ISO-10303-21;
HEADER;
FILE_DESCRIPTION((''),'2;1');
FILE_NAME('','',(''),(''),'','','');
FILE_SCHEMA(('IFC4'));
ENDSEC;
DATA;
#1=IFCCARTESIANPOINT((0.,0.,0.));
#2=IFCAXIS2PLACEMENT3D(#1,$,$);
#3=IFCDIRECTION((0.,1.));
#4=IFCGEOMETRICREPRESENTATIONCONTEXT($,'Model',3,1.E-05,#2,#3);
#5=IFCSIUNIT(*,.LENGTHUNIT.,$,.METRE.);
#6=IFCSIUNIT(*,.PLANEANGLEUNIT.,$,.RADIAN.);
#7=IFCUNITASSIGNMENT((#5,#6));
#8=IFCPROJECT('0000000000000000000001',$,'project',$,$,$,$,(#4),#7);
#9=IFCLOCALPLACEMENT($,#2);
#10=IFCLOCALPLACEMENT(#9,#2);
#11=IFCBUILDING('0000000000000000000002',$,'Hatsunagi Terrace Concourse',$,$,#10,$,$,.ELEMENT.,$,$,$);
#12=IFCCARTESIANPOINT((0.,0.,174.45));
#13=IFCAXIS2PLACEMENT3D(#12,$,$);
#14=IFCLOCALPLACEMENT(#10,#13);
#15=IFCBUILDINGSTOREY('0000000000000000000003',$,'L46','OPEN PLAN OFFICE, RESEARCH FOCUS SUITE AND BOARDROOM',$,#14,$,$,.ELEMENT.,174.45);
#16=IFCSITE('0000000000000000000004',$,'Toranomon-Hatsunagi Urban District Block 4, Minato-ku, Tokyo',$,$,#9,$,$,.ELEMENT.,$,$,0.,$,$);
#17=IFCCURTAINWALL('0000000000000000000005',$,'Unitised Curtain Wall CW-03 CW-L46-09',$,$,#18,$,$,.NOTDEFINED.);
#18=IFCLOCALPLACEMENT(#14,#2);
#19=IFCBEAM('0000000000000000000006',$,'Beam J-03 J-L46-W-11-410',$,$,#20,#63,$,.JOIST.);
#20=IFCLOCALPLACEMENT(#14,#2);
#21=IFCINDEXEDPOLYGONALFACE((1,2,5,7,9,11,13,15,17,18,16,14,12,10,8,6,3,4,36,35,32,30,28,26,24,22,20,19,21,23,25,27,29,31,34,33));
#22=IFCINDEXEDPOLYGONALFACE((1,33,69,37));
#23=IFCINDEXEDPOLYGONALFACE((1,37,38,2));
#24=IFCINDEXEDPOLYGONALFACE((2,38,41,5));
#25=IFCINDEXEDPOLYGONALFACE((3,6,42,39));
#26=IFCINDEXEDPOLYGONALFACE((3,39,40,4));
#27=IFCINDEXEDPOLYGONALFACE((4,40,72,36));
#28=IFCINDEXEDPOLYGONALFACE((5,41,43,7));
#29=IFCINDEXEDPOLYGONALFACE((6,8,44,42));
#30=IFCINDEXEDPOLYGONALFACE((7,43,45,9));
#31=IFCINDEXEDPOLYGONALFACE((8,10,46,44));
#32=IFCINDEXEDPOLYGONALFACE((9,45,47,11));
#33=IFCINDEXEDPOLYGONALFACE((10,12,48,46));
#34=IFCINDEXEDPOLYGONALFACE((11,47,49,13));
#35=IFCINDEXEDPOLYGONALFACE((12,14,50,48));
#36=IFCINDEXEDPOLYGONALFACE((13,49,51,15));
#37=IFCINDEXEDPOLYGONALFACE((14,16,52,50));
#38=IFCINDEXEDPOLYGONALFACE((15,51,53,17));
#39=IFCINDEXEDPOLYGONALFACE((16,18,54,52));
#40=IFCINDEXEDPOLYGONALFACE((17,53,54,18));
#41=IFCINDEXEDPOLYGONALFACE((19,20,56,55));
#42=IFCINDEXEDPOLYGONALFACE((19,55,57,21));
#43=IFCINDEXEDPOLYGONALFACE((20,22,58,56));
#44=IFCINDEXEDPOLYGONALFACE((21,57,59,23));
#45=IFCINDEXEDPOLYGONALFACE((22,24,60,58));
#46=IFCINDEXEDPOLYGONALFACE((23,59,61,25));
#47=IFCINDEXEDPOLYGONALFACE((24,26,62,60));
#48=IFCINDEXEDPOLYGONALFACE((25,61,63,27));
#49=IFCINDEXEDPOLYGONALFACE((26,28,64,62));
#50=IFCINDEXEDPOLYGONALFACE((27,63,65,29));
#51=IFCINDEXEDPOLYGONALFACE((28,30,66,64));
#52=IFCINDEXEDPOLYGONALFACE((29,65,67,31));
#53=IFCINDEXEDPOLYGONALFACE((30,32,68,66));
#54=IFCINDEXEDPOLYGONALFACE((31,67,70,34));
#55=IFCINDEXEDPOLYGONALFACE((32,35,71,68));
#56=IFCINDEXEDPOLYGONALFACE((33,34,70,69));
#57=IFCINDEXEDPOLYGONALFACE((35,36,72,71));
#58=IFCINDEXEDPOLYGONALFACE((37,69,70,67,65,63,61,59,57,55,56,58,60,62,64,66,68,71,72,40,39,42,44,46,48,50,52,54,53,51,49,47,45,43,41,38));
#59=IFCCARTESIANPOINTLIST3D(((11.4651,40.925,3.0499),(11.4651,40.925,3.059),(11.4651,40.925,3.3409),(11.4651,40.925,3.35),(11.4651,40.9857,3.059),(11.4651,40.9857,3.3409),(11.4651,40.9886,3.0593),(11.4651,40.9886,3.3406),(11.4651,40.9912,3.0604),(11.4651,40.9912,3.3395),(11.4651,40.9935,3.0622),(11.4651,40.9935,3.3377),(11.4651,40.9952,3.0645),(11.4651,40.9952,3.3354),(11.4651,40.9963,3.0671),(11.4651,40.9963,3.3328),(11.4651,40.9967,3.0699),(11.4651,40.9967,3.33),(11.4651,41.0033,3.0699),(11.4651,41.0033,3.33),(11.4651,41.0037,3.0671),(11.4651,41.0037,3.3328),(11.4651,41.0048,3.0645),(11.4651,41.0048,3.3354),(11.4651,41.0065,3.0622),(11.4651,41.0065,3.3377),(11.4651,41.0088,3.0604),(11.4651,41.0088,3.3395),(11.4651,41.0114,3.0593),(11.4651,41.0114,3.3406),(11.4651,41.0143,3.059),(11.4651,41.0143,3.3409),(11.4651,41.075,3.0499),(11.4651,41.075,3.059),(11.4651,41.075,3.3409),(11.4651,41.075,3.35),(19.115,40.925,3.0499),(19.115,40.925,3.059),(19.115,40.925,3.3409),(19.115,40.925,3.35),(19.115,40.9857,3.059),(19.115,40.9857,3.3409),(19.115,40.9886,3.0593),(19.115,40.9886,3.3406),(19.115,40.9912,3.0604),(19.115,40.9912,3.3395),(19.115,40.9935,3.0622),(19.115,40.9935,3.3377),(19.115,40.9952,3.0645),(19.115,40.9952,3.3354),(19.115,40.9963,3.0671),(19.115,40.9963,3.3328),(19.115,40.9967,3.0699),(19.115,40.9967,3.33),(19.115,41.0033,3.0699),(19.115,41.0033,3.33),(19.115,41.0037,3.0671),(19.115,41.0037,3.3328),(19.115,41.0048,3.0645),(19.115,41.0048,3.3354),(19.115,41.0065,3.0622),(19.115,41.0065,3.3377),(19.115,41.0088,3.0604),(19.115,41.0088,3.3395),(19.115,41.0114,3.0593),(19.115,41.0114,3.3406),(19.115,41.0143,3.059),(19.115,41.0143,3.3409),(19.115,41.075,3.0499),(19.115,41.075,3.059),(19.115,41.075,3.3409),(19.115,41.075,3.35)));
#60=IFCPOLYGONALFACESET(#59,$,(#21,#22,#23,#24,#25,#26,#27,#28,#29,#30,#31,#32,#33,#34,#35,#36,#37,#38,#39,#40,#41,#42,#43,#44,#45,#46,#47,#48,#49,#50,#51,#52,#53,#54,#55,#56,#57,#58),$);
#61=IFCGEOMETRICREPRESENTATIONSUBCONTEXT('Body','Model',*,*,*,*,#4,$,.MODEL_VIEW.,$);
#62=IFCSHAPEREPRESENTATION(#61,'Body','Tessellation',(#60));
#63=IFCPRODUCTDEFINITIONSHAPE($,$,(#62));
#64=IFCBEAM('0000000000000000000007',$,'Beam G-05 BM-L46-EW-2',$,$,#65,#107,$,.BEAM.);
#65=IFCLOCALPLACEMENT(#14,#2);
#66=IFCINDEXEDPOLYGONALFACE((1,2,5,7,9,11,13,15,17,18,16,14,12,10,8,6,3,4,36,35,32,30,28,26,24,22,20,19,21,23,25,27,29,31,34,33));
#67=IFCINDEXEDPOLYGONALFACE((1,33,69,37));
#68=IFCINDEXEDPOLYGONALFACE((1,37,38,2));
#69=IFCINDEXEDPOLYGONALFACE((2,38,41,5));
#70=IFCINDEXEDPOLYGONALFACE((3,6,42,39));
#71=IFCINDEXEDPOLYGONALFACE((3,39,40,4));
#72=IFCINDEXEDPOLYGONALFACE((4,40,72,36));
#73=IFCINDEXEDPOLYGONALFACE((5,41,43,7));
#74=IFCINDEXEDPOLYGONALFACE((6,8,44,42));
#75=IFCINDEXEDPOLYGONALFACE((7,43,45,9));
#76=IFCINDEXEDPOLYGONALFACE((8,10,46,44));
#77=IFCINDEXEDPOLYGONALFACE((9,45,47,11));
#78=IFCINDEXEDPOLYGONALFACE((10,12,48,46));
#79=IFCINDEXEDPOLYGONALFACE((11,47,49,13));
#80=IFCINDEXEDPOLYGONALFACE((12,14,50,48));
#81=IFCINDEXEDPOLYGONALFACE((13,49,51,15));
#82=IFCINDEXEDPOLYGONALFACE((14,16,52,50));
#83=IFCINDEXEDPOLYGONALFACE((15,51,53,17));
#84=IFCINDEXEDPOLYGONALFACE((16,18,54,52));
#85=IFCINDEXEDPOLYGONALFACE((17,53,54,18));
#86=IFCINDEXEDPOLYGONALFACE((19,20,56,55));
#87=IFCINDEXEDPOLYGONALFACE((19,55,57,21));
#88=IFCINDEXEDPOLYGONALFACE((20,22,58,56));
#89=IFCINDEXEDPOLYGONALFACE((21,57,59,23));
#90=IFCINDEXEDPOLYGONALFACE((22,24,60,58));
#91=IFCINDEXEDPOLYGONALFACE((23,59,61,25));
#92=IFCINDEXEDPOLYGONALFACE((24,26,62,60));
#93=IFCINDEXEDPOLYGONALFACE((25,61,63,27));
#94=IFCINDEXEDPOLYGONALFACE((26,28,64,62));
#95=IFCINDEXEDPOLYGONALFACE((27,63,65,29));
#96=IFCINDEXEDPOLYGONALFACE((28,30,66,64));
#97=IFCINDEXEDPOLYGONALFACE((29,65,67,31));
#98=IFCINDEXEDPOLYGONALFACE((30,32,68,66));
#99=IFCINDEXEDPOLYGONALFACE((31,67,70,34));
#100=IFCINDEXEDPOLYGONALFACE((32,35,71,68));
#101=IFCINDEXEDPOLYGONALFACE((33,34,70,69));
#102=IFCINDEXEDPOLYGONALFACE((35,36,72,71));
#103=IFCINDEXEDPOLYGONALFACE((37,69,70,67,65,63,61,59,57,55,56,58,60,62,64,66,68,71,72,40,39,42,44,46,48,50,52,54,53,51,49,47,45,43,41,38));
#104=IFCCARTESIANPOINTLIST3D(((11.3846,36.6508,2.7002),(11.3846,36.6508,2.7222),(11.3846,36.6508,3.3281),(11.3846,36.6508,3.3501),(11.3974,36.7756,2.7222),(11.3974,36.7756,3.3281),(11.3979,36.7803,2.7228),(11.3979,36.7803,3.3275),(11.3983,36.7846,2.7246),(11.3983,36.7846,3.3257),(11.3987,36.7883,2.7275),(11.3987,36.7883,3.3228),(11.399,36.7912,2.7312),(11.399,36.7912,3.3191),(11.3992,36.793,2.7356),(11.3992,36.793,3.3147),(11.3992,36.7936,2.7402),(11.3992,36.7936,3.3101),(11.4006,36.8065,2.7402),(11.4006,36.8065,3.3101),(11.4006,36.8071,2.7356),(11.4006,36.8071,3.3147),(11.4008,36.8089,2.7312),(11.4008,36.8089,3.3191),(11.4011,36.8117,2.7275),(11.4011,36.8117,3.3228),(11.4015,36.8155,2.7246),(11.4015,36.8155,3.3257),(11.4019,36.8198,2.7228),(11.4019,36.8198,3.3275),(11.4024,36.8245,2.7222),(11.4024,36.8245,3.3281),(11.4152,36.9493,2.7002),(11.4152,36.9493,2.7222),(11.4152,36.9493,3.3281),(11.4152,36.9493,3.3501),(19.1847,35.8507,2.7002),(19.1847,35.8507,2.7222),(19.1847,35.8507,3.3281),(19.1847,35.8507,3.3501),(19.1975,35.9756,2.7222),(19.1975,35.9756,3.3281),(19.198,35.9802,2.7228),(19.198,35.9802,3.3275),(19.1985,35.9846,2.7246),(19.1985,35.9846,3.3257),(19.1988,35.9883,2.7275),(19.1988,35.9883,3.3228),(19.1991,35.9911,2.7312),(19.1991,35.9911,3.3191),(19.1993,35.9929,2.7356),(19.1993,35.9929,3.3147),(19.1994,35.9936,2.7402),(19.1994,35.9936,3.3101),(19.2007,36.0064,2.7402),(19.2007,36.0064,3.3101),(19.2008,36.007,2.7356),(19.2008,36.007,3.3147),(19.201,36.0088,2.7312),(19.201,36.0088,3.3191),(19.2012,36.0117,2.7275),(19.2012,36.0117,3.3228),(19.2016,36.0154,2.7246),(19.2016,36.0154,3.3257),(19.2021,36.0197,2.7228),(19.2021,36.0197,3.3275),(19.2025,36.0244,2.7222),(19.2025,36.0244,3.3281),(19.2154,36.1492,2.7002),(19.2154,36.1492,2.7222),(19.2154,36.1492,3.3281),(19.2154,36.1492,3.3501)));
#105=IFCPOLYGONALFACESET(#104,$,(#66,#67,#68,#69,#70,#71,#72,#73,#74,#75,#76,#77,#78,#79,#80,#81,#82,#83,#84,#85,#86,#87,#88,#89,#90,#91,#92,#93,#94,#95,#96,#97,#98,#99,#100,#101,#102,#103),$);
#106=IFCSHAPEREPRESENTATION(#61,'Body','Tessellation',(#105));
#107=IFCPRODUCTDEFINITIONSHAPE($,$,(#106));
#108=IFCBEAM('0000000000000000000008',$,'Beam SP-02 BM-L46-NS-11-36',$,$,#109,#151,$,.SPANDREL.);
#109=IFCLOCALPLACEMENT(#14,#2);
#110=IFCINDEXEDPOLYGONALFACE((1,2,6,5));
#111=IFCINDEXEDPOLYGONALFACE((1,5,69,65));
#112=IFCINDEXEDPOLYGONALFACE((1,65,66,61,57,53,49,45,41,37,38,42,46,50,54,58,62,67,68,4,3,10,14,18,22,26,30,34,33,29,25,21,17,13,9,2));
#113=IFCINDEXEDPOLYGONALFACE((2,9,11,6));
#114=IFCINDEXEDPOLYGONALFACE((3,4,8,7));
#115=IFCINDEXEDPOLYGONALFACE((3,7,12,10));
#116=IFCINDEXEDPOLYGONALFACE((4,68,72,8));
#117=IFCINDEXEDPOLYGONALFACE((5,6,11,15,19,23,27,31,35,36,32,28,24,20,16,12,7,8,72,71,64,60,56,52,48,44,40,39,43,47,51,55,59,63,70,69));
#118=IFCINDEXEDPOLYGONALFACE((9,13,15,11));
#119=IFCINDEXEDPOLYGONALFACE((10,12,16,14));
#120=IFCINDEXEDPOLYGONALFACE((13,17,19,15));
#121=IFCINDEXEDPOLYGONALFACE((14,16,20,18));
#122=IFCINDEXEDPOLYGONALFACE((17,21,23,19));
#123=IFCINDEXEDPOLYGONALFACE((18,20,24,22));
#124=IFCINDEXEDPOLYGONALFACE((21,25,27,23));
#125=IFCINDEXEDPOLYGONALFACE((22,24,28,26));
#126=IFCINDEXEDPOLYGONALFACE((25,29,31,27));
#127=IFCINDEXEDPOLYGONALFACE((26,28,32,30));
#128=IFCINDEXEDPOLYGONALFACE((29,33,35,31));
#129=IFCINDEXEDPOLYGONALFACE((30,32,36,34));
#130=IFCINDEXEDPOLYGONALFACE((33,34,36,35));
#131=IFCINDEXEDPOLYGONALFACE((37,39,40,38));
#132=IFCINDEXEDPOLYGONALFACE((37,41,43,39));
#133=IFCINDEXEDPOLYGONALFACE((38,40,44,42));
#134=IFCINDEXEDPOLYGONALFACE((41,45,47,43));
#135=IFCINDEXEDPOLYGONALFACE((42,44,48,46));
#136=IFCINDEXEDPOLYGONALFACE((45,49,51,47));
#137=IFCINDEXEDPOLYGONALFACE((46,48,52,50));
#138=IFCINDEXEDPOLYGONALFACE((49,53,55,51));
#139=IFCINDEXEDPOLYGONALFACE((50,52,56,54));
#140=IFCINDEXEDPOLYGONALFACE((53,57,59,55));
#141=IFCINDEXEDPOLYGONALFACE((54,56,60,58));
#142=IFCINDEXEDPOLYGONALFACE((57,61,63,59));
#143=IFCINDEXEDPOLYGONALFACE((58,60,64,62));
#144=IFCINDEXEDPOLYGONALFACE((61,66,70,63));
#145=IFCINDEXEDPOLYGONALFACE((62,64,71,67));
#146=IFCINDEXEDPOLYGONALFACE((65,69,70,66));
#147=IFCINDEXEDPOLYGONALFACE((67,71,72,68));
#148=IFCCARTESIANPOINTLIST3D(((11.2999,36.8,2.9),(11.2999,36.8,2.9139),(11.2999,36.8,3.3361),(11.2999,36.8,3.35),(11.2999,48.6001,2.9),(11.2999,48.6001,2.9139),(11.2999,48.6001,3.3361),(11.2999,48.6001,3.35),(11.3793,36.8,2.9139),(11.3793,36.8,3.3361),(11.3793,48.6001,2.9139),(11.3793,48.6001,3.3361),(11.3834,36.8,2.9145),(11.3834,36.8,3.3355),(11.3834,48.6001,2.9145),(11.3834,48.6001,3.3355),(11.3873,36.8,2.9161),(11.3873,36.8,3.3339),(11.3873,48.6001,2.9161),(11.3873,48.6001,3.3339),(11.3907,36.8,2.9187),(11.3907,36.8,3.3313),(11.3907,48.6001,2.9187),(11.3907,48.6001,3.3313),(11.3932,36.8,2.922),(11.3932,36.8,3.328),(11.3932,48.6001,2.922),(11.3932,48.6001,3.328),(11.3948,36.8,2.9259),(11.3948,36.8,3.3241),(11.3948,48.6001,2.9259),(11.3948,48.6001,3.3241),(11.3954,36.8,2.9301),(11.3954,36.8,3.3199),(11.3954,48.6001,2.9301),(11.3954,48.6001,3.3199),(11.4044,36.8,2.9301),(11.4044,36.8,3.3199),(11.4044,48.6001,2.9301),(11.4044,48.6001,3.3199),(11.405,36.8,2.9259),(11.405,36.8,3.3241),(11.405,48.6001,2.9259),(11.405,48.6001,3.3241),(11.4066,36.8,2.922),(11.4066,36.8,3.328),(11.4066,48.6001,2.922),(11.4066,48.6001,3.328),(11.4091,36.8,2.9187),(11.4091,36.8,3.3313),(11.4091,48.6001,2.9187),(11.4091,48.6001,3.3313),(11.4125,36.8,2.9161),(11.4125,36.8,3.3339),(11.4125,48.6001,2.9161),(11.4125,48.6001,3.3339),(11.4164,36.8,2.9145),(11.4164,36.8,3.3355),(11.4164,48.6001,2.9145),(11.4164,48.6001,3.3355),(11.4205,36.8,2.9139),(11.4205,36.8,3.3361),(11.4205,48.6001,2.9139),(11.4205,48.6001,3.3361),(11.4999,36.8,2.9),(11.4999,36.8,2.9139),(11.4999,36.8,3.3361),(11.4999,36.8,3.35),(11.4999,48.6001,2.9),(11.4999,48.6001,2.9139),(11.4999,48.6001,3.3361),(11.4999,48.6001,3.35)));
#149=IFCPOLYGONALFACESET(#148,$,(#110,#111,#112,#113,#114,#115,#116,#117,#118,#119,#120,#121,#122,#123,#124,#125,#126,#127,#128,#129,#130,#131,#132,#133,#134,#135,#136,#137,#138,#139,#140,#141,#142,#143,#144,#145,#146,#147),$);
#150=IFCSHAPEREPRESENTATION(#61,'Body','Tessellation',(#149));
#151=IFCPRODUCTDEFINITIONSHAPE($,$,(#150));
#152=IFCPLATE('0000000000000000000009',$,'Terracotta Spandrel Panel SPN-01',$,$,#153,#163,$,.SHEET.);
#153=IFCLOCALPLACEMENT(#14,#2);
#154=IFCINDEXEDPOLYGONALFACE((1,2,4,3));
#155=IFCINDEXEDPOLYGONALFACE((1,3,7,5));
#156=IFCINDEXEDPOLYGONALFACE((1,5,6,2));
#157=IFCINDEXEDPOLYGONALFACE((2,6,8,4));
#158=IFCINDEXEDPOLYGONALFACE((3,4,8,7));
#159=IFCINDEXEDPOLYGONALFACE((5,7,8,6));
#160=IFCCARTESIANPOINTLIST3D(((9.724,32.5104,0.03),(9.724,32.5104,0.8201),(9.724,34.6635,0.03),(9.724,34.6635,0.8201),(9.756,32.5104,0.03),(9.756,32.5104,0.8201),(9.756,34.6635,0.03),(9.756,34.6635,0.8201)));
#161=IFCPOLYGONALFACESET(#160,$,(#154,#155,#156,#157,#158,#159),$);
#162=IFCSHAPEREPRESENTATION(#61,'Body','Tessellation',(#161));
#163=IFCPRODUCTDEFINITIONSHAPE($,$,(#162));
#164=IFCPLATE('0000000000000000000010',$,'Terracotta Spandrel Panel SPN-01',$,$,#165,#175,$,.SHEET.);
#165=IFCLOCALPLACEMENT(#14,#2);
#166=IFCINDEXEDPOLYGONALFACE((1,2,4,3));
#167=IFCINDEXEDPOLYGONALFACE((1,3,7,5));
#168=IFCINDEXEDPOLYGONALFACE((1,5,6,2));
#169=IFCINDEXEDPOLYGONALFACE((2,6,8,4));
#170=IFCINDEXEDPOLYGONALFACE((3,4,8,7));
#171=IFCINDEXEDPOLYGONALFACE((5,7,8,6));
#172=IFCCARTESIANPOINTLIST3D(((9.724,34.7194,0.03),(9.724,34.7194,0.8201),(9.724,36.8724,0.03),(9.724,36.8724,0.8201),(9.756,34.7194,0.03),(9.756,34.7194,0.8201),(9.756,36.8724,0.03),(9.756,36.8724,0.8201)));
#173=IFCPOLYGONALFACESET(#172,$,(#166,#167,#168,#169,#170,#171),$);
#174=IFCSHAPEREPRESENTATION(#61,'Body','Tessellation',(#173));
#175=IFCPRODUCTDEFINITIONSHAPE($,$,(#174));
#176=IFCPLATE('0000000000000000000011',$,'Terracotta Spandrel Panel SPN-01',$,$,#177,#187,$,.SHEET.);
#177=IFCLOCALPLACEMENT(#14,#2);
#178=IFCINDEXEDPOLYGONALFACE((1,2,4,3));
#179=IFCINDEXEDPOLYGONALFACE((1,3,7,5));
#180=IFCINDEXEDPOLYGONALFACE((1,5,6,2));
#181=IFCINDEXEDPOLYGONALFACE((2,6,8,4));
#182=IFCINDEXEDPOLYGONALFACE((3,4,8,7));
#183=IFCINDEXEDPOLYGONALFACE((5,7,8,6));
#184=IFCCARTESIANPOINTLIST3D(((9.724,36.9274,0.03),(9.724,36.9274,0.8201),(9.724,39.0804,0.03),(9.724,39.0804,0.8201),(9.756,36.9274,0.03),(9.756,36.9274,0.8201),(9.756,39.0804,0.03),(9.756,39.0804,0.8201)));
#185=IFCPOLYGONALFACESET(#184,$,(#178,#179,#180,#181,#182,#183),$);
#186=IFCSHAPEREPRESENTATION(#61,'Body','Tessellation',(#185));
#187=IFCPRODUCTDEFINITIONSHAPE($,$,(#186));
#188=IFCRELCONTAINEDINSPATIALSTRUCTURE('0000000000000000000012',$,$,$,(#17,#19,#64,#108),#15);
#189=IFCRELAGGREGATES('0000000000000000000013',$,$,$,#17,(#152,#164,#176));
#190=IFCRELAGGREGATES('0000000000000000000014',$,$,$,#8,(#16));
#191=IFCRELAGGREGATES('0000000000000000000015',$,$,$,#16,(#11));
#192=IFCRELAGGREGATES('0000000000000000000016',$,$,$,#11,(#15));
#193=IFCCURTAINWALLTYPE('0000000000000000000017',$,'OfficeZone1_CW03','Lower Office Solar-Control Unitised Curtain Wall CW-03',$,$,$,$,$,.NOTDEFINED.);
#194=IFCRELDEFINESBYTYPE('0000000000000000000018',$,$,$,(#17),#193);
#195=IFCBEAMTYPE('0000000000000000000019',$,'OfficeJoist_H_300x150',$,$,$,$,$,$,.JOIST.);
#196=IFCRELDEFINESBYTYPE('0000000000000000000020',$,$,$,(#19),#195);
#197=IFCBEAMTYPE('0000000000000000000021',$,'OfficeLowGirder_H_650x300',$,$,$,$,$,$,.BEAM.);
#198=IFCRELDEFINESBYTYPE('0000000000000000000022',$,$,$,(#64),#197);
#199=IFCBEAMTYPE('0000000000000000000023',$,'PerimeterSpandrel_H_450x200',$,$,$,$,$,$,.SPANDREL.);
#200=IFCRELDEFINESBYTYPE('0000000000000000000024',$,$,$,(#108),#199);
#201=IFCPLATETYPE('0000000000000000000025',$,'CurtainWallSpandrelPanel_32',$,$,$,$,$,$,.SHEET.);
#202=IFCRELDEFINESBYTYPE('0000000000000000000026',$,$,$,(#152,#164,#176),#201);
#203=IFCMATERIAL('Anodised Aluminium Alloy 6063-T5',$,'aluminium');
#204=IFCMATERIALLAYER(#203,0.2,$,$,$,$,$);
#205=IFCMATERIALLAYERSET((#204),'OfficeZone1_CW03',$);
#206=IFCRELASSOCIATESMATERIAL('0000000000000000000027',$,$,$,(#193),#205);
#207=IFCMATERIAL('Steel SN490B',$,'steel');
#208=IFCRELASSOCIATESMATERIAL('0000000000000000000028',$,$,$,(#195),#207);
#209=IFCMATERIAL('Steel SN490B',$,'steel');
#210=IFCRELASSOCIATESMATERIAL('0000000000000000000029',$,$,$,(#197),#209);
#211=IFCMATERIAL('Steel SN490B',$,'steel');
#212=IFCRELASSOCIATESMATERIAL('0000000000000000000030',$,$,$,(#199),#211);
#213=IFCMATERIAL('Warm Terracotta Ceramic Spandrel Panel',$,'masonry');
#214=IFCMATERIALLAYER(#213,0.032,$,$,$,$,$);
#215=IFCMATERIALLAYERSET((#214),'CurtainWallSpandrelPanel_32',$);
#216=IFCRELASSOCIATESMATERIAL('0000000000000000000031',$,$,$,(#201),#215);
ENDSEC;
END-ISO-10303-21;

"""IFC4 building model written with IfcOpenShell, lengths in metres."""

from ifc_helpers import new_model, si_unit, direction, frame, origin, origin_2d, place, context, subcontext, project, spatial, rectangle, i_section, extrude, material, layer, layer_set, material_profile, profile_set, type_object, element, aggregate, save


model = new_model("IFC4")

# Units and contexts
model_context = context("Model", 3, precision=1e-05, world=origin(), true_north=direction((0.0, 1.0)))
body_context = subcontext(model_context, "Body", "Model", "MODEL_VIEW")
ifc_project = project(units=[si_unit("LENGTHUNIT", "METRE"), si_unit("PLANEANGLEUNIT", "RADIAN")], contexts=[model_context])

# Site, building, storey
site_placement = place(None, origin())
site = spatial("IfcSite", under=ifc_project, at=site_placement, Name="Toranomon-Hatsunagi Urban District Block 4, Minato-ku, Tokyo", CompositionType="ELEMENT", RefElevation=0.0)
building_placement = place(site_placement, origin())
building = spatial("IfcBuilding", under=site, at=building_placement, Name="Hatsunagi Terrace Concourse", CompositionType="ELEMENT")
storey_placement = place(building_placement, frame((0.0, 0.0, 174.45)))
storey = spatial("IfcBuildingStorey", under=building, at=storey_placement, Name="L46", Description="OPEN PLAN OFFICE, RESEARCH FOCUS SUITE AND BOARDROOM", CompositionType="ELEMENT", Elevation=174.45)

# Curtain wall
ifc_material_1 = material(Name="Anodised Aluminium Alloy 6063-T5", Category="aluminium")
ifc_layer_1 = layer(ifc_material_1, 0.2)
ifc_layer_set_1 = layer_set([ifc_layer_1], Name="OfficeZone1_CW03")
curtain_wall_type = type_object("IfcCurtainWallType", Name="OfficeZone1_CW03", Description="Lower Office Solar-Control Unitised Curtain Wall CW-03", PredefinedType="NOTDEFINED", material=ifc_layer_set_1)
curtain_wall_placement = place(storey_placement, origin())
curtain_wall = element("IfcCurtainWall", 1, at=curtain_wall_placement, inside=storey, type_object=curtain_wall_type, Name="Unitised Curtain Wall CW-03 CW-L46-09", PredefinedType="NOTDEFINED")

# Beams
ifc_material_2 = material(Name="Steel SN490B", Category="steel")
ifc_material_profile_1 = material_profile(ifc_material_2, i_section(OverallWidth=0.1499, OverallDepth=0.3, WebThickness=0.0066, FlangeThickness=0.009, FilletRadius=0.011, at=origin_2d()), Name="H-300x150x6.5x9")
ifc_profile_set_1 = profile_set([ifc_material_profile_1], Name="Steel SN490B")
beam_type_1 = type_object("IfcBeamType", Name="OfficeJoist_H_300x150", PredefinedType="JOIST", material=ifc_profile_set_1)
for number, where, z_axis, x_axis, name in (
    (2, (11.4651, 41.0, 3.2), (1.0, 0.0, 0.0), (0.0, 1.0, 0.0), "Beam J-03 J-L46-W-11-410"),
):
    element("IfcBeam", number, at=place(storey_placement, frame(where, z_axis=z_axis, x_axis=x_axis)), inside=storey, type_object=beam_type_1, Name=name, PredefinedType="JOIST", context=body_context, shape_type="SweptSolid", body=[
        extrude(i_section(OverallWidth=0.1499, OverallDepth=0.3, WebThickness=0.0066, FlangeThickness=0.009, FilletRadius=0.011, at=origin_2d()), origin(), (0.0, 0.0, 1.0), 7.6499),
    ])
ifc_material_3 = material(Name="Steel SN490B", Category="steel")
ifc_material_profile_2 = material_profile(ifc_material_3, i_section(OverallWidth=0.3, OverallDepth=0.6499, WebThickness=0.0129, FlangeThickness=0.022, FilletRadius=0.0181, at=origin_2d()), Name="H-650x300x13x22")
ifc_profile_set_2 = profile_set([ifc_material_profile_2], Name="Steel SN490B")
beam_type_2 = type_object("IfcBeamType", Name="OfficeLowGirder_H_650x300", PredefinedType="BEAM", material=ifc_profile_set_2)
beam_1_placement = place(storey_placement, frame((11.3999, 36.8, 3.0251), z_axis=(0.994781, -0.102034, 0.0), x_axis=(0.102034, 0.994781, 0.0)))
element("IfcBeam", 3, at=beam_1_placement, inside=storey, type_object=beam_type_2, Name="Beam G-05 BM-L46-EW-2", PredefinedType="BEAM", context=body_context, shape_type="SweptSolid", body=[
    extrude(i_section(OverallWidth=0.3, OverallDepth=0.6499, WebThickness=0.0129, FlangeThickness=0.022, FilletRadius=0.0181, at=origin_2d()), origin(), (0.0, 0.0, 1.0), 7.8411),
])
ifc_material_4 = material(Name="Steel SN490B", Category="steel")
ifc_material_profile_3 = material_profile(ifc_material_4, i_section(OverallWidth=0.2, OverallDepth=0.45, WebThickness=0.009, FlangeThickness=0.0139, FilletRadius=0.0161, at=origin_2d()), Name="H-450x200x9x14")
ifc_profile_set_3 = profile_set([ifc_material_profile_3], Name="Steel SN490B")
beam_type_3 = type_object("IfcBeamType", Name="PerimeterSpandrel_H_450x200", PredefinedType="SPANDREL", material=ifc_profile_set_3)
beam_2_placement = place(storey_placement, frame((11.3999, 36.8, 3.125), z_axis=(0.0, 1.0, 0.0), x_axis=(-1.0, 0.0, 0.0)))
element("IfcBeam", 4, at=beam_2_placement, inside=storey, type_object=beam_type_3, Name="Beam SP-02 BM-L46-NS-11-36", PredefinedType="SPANDREL", context=body_context, shape_type="SweptSolid", body=[
    extrude(i_section(OverallWidth=0.2, OverallDepth=0.45, WebThickness=0.009, FlangeThickness=0.0139, FilletRadius=0.0161, at=origin_2d()), origin(), (0.0, 0.0, 1.0), 11.8),
])

# Plates
ifc_material_5 = material(Name="Warm Terracotta Ceramic Spandrel Panel", Category="masonry")
ifc_layer_2 = layer(ifc_material_5, 0.032)
ifc_layer_set_2 = layer_set([ifc_layer_2], Name="CurtainWallSpandrelPanel_32")
plate_type_1 = type_object("IfcPlateType", Name="CurtainWallSpandrelPanel_32", PredefinedType="SHEET", material=ifc_layer_set_2)
plate_1_placement = place(storey_placement, frame((9.74, 33.5869, 0.03), z_axis=(0.0, 0.0, 1.0), x_axis=(0.0, 1.0, 0.0)))
plate_1 = element("IfcPlate", 5, at=plate_1_placement, type_object=plate_type_1, Name="Terracotta Spandrel Panel SPN-01", PredefinedType="SHEET", context=body_context, shape_type="SweptSolid", body=[
    extrude(rectangle(XDim=2.1531, YDim=0.032, at=origin_2d()), origin(), (0.0, 0.0, 1.0), 0.79),
])
plate_2_placement = place(storey_placement, frame((9.74, 35.7959, 0.03), z_axis=(0.0, 0.0, 1.0), x_axis=(0.0, 1.0, 0.0)))
plate_2 = element("IfcPlate", 6, at=plate_2_placement, type_object=plate_type_1, Name="Terracotta Spandrel Panel SPN-01", PredefinedType="SHEET", context=body_context, shape_type="SweptSolid", body=[
    extrude(rectangle(XDim=2.1531, YDim=0.032, at=origin_2d()), origin(), (0.0, 0.0, 1.0), 0.79),
])
plate_3_placement = place(storey_placement, frame((9.74, 38.0039, 0.03), z_axis=(0.0, 0.0, 1.0), x_axis=(0.0, 1.0, 0.0)))
plate_3 = element("IfcPlate", 7, at=plate_3_placement, type_object=plate_type_1, Name="Terracotta Spandrel Panel SPN-01", PredefinedType="SHEET", context=body_context, shape_type="SweptSolid", body=[
    extrude(rectangle(XDim=2.1531, YDim=0.032, at=origin_2d()), origin(), (0.0, 0.0, 1.0), 0.79),
])
aggregate(curtain_wall, [plate_1, plate_2, plate_3])

save(model, "model.ifc")
